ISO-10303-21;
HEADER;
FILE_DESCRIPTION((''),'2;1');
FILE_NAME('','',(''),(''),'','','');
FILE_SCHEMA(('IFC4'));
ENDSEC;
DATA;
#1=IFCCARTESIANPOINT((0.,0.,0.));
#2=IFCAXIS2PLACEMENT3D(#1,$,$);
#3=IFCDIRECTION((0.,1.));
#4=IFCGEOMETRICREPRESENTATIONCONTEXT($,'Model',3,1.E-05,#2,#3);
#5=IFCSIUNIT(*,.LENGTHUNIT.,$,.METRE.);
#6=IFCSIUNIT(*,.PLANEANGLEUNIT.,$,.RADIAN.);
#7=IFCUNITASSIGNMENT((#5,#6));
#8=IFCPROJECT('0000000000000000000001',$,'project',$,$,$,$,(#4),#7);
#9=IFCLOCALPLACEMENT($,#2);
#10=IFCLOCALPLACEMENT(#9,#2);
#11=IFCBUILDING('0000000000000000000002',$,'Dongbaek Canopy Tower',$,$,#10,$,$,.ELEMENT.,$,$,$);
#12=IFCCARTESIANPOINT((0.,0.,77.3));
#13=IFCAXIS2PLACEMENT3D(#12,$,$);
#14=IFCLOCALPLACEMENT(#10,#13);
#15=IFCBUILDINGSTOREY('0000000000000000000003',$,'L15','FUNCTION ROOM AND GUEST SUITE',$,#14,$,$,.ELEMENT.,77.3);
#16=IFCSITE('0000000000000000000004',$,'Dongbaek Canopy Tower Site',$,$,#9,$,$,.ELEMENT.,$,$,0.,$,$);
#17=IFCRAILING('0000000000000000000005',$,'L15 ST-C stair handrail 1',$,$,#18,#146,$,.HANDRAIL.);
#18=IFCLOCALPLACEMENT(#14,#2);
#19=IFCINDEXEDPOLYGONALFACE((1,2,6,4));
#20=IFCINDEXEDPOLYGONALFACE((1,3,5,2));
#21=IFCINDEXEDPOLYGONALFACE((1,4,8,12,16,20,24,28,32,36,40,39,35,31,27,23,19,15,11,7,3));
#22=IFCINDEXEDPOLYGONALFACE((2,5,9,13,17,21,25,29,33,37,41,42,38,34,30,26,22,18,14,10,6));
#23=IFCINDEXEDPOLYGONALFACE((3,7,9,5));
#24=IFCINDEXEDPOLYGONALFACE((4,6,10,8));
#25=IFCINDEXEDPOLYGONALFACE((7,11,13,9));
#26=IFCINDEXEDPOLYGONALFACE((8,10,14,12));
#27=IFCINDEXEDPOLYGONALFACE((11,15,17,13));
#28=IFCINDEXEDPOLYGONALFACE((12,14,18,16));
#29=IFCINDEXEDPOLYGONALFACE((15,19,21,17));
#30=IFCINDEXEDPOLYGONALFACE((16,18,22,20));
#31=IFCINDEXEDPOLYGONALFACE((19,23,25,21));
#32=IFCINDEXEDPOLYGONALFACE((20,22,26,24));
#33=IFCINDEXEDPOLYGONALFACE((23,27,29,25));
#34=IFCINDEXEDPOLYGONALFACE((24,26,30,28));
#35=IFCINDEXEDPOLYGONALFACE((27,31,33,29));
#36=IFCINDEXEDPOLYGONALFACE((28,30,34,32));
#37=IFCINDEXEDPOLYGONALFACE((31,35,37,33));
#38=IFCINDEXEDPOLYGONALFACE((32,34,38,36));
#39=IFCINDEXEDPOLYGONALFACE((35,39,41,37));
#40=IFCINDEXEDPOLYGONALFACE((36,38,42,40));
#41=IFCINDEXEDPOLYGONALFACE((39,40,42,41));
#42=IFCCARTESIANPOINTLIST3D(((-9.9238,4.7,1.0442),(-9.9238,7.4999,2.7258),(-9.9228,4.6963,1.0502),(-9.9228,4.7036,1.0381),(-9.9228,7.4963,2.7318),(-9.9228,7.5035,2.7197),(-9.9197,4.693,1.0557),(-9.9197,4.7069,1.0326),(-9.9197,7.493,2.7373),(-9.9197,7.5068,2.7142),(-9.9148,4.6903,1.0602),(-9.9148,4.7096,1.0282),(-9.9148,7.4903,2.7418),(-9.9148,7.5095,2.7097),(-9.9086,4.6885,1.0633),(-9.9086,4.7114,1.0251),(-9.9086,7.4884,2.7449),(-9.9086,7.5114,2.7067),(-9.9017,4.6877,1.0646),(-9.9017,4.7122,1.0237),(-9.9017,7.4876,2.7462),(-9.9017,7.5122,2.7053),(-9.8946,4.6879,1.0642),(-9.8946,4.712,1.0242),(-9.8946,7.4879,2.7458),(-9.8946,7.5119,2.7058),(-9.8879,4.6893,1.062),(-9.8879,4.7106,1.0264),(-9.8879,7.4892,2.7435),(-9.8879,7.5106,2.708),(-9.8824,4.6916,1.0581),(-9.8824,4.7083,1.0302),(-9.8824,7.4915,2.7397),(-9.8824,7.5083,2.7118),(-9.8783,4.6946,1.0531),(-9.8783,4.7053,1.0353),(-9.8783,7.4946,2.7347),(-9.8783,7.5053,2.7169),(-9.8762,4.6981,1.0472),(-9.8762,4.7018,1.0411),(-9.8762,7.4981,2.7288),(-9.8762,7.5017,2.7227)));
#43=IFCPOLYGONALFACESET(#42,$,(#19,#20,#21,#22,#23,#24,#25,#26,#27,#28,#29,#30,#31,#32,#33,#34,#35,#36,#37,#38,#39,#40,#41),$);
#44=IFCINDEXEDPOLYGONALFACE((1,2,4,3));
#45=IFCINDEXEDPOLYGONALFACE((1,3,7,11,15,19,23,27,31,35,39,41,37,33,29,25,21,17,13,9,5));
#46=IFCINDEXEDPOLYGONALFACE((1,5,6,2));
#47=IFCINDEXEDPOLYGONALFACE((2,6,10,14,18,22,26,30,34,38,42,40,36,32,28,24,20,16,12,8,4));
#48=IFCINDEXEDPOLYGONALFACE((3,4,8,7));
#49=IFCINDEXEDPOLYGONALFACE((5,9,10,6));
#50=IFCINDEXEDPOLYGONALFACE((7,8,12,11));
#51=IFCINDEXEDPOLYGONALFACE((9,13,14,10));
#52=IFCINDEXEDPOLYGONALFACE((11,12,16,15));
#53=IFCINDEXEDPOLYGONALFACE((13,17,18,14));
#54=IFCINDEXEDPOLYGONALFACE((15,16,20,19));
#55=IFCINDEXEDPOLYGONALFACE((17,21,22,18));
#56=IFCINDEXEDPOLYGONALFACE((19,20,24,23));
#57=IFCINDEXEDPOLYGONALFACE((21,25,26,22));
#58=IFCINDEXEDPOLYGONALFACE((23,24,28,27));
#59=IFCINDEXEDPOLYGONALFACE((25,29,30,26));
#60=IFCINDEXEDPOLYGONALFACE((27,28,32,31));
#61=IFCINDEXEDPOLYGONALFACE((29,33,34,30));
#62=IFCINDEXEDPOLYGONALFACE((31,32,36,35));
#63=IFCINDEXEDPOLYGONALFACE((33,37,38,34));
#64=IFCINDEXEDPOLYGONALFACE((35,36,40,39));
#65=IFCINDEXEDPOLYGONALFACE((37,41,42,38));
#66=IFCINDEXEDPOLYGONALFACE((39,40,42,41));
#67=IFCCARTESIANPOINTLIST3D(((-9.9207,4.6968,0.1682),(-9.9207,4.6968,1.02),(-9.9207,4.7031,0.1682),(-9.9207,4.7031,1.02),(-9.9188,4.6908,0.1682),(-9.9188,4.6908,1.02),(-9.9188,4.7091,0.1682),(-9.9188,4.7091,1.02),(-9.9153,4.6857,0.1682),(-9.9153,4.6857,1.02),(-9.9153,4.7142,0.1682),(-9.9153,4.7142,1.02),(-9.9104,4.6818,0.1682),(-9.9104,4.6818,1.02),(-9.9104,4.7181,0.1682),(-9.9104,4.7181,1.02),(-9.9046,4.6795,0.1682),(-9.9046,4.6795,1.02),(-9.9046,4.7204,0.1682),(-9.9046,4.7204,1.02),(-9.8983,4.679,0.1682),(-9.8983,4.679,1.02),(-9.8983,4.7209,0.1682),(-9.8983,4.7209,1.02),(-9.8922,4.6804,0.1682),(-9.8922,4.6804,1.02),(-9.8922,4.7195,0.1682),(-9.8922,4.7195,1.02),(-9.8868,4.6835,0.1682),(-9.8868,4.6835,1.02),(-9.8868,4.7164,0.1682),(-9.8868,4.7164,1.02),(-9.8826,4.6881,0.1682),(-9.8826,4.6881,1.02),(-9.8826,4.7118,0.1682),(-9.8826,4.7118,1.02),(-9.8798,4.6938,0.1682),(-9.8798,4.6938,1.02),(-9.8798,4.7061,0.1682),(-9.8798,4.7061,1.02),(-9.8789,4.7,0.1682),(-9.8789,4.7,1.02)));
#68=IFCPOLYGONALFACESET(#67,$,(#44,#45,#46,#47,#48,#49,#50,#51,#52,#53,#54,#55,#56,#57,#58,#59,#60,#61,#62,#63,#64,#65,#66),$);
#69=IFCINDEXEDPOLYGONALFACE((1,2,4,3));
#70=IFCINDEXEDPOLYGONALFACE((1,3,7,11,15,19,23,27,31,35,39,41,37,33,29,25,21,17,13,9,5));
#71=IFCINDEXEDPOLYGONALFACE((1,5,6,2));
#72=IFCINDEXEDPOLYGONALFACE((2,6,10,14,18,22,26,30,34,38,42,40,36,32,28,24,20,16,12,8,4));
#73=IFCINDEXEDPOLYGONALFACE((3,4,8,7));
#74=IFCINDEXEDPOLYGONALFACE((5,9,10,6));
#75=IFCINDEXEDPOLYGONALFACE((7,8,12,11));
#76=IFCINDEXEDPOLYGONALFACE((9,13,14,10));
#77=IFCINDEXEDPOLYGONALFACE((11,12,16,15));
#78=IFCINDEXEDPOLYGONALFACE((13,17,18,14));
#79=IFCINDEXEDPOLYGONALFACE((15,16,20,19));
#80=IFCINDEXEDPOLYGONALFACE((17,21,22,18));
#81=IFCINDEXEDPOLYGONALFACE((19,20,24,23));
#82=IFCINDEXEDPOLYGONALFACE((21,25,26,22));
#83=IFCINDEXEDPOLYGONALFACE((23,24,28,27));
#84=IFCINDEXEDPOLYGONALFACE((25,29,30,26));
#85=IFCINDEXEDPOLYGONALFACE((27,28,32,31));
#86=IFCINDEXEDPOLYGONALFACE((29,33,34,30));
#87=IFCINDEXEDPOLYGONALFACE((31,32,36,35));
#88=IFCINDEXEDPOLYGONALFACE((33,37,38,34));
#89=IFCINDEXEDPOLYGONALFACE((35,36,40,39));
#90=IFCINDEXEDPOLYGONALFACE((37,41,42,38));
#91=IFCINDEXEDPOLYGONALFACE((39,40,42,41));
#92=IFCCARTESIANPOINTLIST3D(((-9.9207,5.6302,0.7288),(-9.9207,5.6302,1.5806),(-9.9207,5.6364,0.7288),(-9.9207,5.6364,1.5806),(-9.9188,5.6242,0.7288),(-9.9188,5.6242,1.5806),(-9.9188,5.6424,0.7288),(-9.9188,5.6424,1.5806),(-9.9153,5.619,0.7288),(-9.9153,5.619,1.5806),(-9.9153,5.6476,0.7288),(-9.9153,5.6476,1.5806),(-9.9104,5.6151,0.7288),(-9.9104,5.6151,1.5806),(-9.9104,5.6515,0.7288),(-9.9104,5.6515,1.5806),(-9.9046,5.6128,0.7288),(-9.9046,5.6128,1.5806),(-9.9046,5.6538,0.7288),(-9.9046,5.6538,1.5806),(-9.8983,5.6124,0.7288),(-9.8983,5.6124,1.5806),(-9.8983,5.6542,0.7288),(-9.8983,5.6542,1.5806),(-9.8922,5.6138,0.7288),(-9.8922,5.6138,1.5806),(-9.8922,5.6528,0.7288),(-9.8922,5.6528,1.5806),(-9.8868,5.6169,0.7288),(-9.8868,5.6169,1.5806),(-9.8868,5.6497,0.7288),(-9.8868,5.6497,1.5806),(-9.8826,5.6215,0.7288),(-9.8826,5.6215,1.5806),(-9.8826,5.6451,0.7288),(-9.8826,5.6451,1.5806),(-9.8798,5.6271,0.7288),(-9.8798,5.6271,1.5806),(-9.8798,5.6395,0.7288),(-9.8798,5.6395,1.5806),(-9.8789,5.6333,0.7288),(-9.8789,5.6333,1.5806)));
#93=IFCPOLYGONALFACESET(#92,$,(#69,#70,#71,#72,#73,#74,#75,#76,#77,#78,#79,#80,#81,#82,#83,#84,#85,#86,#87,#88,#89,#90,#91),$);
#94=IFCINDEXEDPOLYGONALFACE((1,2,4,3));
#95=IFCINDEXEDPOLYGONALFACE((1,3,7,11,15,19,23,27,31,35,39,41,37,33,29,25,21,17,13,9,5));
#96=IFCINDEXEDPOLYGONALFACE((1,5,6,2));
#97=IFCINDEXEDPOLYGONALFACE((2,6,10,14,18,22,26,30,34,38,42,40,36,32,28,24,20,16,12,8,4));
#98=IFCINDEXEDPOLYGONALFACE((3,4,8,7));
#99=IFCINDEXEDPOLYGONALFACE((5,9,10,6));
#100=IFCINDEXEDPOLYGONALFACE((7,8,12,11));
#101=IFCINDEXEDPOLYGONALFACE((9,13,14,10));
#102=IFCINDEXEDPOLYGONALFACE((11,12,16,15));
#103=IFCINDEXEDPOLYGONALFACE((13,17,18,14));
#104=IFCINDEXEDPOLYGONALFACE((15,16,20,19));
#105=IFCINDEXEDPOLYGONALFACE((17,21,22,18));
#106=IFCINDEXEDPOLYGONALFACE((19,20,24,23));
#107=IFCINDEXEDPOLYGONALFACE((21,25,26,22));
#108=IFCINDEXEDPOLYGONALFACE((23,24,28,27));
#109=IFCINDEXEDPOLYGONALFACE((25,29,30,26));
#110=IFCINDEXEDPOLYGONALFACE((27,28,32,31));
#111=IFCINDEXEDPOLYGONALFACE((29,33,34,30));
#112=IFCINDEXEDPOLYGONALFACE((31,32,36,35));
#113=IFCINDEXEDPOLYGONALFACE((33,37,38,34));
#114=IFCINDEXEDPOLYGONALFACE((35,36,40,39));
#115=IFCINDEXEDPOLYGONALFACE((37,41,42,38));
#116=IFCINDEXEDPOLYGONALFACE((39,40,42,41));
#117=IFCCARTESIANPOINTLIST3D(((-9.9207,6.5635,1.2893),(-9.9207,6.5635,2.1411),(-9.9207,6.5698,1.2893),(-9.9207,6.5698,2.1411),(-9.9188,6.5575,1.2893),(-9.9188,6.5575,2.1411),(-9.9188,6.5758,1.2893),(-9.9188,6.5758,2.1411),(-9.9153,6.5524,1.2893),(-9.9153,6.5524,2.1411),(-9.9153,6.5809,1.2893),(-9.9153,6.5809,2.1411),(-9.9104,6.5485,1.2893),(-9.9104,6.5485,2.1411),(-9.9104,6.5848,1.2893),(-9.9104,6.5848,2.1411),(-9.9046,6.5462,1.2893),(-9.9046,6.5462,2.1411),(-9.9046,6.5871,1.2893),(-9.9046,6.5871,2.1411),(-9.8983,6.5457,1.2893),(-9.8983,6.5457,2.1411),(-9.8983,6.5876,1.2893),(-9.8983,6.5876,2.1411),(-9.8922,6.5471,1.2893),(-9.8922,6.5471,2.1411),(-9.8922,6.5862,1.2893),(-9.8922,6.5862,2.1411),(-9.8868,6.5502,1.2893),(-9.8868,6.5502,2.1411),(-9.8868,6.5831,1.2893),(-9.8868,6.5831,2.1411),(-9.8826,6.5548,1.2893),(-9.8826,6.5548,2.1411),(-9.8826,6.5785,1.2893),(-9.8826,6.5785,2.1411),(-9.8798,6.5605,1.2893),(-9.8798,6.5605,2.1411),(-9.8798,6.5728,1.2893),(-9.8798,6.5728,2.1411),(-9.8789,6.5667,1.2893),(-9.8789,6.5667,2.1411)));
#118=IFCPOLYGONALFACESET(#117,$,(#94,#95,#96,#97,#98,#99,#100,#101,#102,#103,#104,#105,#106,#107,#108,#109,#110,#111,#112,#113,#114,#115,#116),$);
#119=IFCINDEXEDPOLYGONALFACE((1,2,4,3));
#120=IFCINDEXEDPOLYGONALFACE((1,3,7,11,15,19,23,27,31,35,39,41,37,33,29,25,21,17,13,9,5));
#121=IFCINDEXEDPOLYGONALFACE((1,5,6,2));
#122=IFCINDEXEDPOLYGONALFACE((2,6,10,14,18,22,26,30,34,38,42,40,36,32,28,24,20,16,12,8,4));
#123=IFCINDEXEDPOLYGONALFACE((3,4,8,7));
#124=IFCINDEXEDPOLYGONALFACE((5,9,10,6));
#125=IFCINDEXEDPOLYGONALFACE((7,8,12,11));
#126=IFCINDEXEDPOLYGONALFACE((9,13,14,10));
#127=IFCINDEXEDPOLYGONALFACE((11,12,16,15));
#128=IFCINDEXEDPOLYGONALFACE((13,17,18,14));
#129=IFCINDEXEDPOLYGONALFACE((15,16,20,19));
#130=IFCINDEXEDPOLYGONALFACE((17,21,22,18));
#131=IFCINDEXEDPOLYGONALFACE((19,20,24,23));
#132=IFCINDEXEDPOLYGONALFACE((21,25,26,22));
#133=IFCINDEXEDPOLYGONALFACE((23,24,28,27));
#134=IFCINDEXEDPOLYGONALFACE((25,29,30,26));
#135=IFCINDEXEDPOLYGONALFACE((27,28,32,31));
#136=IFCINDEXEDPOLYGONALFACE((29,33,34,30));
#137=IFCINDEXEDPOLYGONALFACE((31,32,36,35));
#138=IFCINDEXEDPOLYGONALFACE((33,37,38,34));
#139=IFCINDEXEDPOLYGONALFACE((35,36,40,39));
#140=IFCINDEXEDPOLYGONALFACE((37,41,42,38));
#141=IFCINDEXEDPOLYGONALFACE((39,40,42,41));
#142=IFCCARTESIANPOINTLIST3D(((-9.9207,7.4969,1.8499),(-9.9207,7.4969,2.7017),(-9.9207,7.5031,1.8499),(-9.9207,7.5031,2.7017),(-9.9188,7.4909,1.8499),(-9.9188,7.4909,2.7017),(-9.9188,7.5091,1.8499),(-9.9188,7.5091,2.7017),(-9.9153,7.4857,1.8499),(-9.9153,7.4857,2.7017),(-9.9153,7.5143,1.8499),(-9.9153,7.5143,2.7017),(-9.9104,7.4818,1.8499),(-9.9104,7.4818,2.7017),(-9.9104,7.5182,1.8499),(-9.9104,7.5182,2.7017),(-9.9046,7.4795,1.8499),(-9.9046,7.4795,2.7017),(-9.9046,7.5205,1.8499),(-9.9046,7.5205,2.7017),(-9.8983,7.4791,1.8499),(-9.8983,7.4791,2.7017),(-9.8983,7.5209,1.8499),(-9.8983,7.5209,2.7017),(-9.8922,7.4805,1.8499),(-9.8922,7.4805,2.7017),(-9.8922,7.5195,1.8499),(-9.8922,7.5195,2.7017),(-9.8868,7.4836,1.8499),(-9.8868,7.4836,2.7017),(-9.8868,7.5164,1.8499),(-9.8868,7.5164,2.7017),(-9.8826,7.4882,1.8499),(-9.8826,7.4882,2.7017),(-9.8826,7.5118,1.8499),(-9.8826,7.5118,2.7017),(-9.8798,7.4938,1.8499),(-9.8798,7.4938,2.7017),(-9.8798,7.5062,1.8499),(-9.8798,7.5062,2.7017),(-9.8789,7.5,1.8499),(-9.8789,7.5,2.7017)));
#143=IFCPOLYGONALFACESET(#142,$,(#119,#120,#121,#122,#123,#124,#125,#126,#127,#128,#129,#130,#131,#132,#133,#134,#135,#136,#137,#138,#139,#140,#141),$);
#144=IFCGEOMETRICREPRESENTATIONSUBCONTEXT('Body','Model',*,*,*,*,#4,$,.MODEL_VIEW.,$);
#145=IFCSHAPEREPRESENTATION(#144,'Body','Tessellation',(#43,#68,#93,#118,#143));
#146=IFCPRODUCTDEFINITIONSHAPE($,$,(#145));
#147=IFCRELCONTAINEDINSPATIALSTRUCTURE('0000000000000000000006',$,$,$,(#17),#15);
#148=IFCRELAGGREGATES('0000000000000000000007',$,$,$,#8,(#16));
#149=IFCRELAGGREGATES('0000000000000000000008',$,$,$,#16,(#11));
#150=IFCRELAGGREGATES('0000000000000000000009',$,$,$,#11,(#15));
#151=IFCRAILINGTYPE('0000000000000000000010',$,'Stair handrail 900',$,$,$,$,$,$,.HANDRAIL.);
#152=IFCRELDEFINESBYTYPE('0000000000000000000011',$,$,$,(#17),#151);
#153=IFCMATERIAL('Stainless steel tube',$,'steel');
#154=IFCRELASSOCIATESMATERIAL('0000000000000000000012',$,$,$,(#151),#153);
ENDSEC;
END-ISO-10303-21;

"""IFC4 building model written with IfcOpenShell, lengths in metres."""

from ifc_helpers import new_model, si_unit, direction, frame, origin, origin_2d, place, context, subcontext, project, spatial, circle, extrude, material, type_object, element, save


model = new_model("IFC4")

# Units and contexts
model_context = context("Model", 3, precision=1e-05, world=origin(), true_north=direction((0.0, 1.0)))
body_context = subcontext(model_context, "Body", "Model", "MODEL_VIEW")
ifc_project = project(units=[si_unit("LENGTHUNIT", "METRE"), si_unit("PLANEANGLEUNIT", "RADIAN")], contexts=[model_context])

# Site, building, storey
site_placement = place(None, origin())
site = spatial("IfcSite", under=ifc_project, at=site_placement, Name="Dongbaek Canopy Tower Site", CompositionType="ELEMENT", RefElevation=0.0)
building_placement = place(site_placement, origin())
building = spatial("IfcBuilding", under=site, at=building_placement, Name="Dongbaek Canopy Tower", CompositionType="ELEMENT")
storey_placement = place(building_placement, frame((0.0, 0.0, 77.3)))
storey = spatial("IfcBuildingStorey", under=building, at=storey_placement, Name="L15", Description="FUNCTION ROOM AND GUEST SUITE", CompositionType="ELEMENT", Elevation=77.3)

# Railing
ifc_material_1 = material(Name="Stainless steel tube", Category="steel")
railing_type_1 = type_object("IfcRailingType", Name="Stair handrail 900", PredefinedType="HANDRAIL", material=ifc_material_1)
railing_1_placement = place(storey_placement, frame((-9.8999, 4.7, 0.1682)))
element("IfcRailing", 1, at=railing_1_placement, inside=storey, type_object=railing_type_1, Name="L15 ST-C stair handrail 1", PredefinedType="HANDRAIL", context=body_context, shape_type="SweptSolid", body=[
    extrude(circle(Radius=0.0239, at=origin_2d()), frame((0.0, 0.0, 0.876), z_axis=(0.0, 0.857275, 0.514858), x_axis=(-1.0, 0.0, 0.0)), (0.0, 0.0, 1.0), 3.2661),
    extrude(circle(Radius=0.021, at=origin_2d()), origin(), (0.0, 0.0, 1.0), 0.8518),
    extrude(circle(Radius=0.021, at=origin_2d()), frame((0.0, 0.9333, 0.5605)), (0.0, 0.0, 1.0), 0.8518),
    extrude(circle(Radius=0.021, at=origin_2d()), frame((0.0, 1.8667, 1.1211)), (0.0, 0.0, 1.0), 0.8518),
    extrude(circle(Radius=0.021, at=origin_2d()), frame((0.0, 2.8, 1.6816)), (0.0, 0.0, 1.0), 0.8518),
])

save(model, "model.ifc")
